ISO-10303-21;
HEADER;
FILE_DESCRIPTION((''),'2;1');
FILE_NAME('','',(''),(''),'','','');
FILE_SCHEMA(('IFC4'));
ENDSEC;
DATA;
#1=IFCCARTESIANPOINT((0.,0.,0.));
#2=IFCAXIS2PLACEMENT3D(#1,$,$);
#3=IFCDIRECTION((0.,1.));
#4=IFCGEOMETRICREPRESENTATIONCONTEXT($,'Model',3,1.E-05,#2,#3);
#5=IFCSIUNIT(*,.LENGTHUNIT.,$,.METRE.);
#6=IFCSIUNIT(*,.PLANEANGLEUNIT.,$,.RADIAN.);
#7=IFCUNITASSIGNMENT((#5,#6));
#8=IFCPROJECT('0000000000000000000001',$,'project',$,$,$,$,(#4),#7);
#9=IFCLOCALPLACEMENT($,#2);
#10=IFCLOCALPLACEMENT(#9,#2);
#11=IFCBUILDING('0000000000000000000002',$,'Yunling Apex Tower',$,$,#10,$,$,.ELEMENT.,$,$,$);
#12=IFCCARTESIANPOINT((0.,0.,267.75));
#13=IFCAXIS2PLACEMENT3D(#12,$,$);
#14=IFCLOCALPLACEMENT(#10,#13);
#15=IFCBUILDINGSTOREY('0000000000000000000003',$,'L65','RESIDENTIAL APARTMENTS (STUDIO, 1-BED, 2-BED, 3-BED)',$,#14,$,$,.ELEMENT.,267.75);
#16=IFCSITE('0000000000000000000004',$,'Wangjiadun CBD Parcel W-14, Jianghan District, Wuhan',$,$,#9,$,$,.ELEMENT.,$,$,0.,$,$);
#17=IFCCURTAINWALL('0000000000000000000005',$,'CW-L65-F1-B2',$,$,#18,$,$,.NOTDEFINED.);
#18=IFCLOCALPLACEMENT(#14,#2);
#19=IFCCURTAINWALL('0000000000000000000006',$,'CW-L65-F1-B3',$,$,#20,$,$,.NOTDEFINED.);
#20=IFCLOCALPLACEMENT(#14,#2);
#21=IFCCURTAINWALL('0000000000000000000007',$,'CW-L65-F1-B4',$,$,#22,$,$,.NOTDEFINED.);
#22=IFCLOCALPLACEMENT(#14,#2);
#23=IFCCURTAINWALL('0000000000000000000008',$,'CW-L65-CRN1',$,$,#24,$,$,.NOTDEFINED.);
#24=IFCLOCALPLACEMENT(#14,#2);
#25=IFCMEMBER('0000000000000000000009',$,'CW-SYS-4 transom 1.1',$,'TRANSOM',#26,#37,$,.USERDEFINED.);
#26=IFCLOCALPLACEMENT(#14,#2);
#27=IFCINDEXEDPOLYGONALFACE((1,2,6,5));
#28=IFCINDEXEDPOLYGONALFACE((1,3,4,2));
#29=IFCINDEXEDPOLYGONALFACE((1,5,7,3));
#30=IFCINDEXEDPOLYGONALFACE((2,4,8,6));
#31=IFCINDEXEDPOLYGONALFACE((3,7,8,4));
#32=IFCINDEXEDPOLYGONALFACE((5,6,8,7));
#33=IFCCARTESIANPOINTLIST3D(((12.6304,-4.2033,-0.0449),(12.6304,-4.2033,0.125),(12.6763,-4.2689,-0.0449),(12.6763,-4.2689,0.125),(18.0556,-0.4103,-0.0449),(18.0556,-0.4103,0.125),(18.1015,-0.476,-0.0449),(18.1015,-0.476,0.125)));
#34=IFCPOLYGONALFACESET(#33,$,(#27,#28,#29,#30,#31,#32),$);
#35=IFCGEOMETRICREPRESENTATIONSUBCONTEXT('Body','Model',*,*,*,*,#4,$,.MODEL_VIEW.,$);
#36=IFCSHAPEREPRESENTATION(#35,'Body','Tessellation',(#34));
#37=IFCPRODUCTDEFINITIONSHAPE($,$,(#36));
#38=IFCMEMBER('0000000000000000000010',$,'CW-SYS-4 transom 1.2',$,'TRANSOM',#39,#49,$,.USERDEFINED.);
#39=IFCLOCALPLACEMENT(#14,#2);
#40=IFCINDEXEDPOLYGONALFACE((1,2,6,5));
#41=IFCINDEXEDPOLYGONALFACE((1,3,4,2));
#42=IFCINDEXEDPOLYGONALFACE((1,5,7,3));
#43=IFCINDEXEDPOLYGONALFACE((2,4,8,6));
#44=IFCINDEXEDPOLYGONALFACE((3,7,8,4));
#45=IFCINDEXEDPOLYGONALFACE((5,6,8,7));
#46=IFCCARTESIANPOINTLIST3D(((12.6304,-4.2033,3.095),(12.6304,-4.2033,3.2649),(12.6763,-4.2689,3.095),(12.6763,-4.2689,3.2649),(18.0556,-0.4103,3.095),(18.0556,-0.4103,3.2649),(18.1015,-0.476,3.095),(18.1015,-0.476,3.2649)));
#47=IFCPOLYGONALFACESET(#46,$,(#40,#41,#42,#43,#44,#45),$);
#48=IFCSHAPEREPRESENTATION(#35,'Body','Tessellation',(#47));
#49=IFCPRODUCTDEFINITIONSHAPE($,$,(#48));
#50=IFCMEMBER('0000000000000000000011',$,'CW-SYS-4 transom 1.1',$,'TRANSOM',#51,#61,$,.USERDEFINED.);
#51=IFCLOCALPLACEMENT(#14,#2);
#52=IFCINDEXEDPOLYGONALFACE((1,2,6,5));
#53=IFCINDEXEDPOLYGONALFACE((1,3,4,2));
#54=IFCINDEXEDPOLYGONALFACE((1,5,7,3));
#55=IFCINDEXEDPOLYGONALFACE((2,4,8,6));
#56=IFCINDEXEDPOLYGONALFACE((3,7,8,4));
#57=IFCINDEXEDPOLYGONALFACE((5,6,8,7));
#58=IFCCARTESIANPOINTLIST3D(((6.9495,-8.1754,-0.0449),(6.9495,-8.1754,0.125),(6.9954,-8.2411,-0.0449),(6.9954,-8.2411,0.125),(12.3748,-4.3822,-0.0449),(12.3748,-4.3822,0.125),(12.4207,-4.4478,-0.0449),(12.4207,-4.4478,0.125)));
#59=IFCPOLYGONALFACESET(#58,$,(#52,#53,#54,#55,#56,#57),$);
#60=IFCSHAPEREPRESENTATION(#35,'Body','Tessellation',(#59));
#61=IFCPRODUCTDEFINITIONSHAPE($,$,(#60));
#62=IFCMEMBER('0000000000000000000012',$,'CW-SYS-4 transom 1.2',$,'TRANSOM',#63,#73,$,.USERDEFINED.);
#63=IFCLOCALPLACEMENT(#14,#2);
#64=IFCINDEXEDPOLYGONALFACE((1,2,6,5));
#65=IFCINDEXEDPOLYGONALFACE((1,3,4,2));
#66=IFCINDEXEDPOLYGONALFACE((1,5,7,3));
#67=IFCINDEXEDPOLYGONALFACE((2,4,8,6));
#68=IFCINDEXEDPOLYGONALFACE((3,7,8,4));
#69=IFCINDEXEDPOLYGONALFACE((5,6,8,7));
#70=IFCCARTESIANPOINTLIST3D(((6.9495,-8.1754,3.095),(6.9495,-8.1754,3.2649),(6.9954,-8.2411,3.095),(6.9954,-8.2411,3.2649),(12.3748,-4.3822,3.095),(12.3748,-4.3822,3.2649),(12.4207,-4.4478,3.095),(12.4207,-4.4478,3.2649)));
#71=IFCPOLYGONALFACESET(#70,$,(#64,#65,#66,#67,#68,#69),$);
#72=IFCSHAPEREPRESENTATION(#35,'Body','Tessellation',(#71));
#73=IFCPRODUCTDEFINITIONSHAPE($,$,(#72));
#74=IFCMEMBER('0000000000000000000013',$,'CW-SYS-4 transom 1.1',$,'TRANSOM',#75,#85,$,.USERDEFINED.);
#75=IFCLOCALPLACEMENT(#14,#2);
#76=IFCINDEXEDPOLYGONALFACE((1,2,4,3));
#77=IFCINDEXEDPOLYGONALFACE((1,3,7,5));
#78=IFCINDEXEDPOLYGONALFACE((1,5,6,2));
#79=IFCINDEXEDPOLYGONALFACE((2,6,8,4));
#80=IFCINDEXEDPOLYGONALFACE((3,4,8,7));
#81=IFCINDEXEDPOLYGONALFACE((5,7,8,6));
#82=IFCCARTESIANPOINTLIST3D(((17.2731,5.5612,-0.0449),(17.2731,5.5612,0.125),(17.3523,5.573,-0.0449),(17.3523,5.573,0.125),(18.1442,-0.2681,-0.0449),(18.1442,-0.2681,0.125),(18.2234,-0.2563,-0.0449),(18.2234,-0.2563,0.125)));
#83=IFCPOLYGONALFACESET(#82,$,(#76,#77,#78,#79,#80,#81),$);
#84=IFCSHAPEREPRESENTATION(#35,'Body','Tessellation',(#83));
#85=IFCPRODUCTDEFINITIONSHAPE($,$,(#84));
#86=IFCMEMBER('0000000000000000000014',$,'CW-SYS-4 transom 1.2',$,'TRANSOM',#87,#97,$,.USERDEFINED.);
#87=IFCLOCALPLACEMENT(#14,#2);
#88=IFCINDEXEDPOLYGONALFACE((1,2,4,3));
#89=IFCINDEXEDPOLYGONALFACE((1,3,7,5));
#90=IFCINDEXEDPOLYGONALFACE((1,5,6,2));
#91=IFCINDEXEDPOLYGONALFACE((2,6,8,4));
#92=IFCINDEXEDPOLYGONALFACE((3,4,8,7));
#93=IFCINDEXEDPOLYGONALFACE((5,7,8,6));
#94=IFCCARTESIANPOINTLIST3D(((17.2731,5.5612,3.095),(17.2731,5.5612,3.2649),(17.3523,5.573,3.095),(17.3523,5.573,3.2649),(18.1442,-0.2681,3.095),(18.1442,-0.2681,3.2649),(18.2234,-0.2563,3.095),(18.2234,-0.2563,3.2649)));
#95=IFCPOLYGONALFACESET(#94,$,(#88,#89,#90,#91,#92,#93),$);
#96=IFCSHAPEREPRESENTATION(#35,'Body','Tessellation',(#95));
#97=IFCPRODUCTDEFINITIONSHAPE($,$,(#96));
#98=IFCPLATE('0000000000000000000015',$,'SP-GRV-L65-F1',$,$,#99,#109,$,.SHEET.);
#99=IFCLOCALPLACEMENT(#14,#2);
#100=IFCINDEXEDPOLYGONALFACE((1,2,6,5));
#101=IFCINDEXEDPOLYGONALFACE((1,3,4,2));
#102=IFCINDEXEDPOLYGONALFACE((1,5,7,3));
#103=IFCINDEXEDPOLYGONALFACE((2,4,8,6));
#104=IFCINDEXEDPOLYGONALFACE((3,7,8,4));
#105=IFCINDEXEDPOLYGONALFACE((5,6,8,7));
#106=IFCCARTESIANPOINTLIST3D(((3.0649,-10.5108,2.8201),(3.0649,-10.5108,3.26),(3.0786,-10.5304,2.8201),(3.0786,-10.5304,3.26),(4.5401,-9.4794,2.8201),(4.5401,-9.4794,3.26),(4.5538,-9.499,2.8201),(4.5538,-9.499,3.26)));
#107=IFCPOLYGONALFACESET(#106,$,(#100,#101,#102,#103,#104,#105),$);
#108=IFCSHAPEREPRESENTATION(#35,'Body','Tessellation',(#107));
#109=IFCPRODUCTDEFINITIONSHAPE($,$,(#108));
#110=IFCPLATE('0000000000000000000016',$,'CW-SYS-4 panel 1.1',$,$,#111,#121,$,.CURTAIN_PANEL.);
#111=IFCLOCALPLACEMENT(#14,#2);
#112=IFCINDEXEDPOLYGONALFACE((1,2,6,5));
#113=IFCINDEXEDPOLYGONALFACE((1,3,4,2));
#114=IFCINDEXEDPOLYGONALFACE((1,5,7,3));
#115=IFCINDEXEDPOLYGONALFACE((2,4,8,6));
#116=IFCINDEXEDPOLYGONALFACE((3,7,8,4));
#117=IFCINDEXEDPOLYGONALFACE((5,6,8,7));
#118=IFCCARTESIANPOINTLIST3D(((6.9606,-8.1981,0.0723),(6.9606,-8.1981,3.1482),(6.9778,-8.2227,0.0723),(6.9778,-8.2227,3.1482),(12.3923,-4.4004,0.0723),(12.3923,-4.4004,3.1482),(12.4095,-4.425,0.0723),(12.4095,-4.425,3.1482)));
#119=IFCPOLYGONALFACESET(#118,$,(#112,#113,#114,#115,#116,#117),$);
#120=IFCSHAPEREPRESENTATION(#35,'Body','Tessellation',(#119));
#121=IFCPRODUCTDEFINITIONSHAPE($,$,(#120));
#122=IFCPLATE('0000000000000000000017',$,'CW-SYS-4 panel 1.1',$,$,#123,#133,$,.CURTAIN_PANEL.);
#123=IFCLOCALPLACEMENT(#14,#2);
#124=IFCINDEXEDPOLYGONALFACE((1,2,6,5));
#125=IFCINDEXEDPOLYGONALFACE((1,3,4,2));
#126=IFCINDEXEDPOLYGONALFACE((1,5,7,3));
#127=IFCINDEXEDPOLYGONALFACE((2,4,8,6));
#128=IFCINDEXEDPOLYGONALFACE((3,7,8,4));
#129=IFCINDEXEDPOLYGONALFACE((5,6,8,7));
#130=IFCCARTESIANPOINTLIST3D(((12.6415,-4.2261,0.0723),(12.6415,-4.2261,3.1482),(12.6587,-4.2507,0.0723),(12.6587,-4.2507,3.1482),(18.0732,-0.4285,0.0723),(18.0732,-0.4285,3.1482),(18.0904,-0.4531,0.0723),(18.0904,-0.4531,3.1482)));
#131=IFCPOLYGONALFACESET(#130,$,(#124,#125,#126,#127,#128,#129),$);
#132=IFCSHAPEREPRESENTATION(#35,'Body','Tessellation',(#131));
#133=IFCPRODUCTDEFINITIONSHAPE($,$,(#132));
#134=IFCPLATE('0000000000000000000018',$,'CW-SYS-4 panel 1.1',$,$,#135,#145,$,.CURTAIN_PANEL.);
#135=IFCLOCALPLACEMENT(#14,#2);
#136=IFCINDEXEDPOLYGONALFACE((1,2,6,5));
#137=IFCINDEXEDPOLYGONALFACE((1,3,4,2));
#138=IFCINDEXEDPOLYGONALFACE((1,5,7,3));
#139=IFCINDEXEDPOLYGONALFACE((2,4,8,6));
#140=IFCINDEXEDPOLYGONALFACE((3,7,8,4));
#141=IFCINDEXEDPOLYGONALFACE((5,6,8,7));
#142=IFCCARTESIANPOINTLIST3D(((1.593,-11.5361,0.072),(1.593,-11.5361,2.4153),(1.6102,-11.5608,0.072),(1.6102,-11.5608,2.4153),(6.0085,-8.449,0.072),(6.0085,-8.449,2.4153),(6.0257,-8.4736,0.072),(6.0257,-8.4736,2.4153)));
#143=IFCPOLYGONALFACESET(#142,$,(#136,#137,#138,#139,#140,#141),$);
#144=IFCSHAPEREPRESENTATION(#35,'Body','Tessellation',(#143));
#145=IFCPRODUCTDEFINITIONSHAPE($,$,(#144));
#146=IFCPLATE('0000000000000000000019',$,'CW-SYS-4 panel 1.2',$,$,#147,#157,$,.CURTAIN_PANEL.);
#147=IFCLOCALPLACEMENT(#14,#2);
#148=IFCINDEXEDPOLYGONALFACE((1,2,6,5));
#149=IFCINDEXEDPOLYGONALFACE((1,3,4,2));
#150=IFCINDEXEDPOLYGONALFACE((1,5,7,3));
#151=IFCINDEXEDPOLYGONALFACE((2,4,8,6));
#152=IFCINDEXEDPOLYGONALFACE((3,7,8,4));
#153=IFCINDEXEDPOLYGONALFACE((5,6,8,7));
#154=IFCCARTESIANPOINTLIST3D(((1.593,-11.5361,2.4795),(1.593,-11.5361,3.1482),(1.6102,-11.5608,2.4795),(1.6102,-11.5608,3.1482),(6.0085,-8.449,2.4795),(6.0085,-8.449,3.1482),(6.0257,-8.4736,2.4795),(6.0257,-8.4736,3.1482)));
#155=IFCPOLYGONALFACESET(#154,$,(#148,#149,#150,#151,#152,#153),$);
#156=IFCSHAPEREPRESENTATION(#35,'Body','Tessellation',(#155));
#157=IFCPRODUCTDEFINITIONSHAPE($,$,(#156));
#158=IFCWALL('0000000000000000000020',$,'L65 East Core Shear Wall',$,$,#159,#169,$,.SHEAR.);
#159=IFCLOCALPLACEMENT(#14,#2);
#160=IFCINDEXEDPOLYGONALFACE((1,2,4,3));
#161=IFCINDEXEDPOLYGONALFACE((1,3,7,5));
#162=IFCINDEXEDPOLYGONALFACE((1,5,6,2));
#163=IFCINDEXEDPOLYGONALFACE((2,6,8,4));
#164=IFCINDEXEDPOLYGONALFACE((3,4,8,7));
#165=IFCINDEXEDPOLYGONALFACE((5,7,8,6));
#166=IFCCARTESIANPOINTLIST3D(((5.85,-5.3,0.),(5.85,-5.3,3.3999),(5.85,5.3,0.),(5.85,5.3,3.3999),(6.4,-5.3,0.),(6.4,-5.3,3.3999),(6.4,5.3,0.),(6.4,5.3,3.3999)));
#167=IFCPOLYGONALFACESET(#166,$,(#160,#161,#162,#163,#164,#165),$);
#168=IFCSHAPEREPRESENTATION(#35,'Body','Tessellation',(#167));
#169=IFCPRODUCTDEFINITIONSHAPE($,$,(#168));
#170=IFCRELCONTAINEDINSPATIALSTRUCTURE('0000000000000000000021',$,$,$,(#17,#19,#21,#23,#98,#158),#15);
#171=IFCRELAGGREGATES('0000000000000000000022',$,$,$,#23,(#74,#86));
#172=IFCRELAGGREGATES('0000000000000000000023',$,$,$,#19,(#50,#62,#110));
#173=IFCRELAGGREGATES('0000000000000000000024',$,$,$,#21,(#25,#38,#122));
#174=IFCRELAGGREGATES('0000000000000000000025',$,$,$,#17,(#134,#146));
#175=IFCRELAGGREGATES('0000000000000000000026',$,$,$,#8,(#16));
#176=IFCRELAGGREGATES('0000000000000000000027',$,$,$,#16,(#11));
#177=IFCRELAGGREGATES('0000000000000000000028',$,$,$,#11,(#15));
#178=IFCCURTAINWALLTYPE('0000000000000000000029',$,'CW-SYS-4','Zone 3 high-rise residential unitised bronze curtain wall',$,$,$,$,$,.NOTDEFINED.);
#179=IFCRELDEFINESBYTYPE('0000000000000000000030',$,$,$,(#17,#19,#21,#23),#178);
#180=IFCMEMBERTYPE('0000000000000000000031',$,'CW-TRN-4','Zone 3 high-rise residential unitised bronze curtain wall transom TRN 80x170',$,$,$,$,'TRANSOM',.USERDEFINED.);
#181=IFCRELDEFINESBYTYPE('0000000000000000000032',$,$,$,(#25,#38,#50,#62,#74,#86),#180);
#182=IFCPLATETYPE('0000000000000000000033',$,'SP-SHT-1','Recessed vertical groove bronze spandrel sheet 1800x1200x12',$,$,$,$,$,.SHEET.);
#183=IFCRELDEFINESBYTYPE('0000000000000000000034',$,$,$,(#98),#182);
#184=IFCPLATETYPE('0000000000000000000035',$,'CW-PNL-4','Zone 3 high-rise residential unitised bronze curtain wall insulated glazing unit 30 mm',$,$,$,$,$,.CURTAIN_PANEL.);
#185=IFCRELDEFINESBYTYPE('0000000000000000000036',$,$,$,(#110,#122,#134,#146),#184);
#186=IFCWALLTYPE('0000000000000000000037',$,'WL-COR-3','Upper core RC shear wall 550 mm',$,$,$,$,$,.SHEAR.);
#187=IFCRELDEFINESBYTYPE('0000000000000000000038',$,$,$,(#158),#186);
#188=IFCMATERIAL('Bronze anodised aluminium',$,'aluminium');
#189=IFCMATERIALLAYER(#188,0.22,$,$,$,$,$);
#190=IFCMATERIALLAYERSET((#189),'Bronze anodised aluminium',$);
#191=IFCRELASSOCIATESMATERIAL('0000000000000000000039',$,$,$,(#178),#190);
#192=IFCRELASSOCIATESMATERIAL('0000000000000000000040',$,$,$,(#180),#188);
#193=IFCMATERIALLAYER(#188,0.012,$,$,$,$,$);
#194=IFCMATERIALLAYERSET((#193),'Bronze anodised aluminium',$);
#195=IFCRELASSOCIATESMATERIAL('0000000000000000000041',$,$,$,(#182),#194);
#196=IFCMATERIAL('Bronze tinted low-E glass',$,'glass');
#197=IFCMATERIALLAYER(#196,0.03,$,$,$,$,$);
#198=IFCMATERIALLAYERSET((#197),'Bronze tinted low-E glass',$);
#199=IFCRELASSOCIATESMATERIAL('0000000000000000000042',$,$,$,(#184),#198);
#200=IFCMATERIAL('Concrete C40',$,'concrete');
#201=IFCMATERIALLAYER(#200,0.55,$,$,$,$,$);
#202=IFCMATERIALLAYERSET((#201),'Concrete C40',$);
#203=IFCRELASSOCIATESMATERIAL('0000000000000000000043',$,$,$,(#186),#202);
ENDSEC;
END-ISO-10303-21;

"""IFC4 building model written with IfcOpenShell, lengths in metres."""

from ifc_helpers import new_model, si_unit, direction, frame, frame_2d, origin, origin_2d, place, context, subcontext, project, spatial, rectangle, extrude, source, transform, mapped, material, layer, layer_set, material_profile, profile_set, type_object, element, aggregate, save


model = new_model("IFC4")

# Units and contexts
model_context = context("Model", 3, precision=1e-05, world=origin(), true_north=direction((0.0, 1.0)))
body_context = subcontext(model_context, "Body", "Model", "MODEL_VIEW")
ifc_project = project(units=[si_unit("LENGTHUNIT", "METRE"), si_unit("PLANEANGLEUNIT", "RADIAN")], contexts=[model_context])

# Site, building, storey
site_placement = place(None, origin())
site = spatial("IfcSite", under=ifc_project, at=site_placement, Name="Wangjiadun CBD Parcel W-14, Jianghan District, Wuhan", CompositionType="ELEMENT", RefElevation=0.0)
building_placement = place(site_placement, origin())
building = spatial("IfcBuilding", under=site, at=building_placement, Name="Yunling Apex Tower", CompositionType="ELEMENT")
storey_placement = place(building_placement, frame((0.0, 0.0, 267.75)))
storey = spatial("IfcBuildingStorey", under=building, at=storey_placement, Name="L65", Description="RESIDENTIAL APARTMENTS (STUDIO, 1-BED, 2-BED, 3-BED)", CompositionType="ELEMENT", Elevation=267.75)

# Curtain wall
ifc_material_1 = material(Name="Bronze anodised aluminium", Category="aluminium")
ifc_layer_1 = layer(ifc_material_1, 0.22)
ifc_layer_set_1 = layer_set([ifc_layer_1], Name="Bronze anodised aluminium")
curtain_wall_type = type_object("IfcCurtainWallType", Name="CW-SYS-4", Description="Zone 3 high-rise residential unitised bronze curtain wall", PredefinedType="NOTDEFINED", material=ifc_layer_set_1)
curtain_wall_1_placement = place(storey_placement, origin())
curtain_wall_1 = element("IfcCurtainWall", 1, at=curtain_wall_1_placement, inside=storey, type_object=curtain_wall_type, Name="CW-L65-F1-B2", PredefinedType="NOTDEFINED")

# Curtain walls
curtain_wall_2_placement = place(storey_placement, origin())
curtain_wall_2 = element("IfcCurtainWall", 2, at=curtain_wall_2_placement, inside=storey, type_object=curtain_wall_type, Name="CW-L65-F1-B3", PredefinedType="NOTDEFINED")
curtain_wall_3_placement = place(storey_placement, origin())
curtain_wall_3 = element("IfcCurtainWall", 3, at=curtain_wall_3_placement, inside=storey, type_object=curtain_wall_type, Name="CW-L65-F1-B4", PredefinedType="NOTDEFINED")

# Curtain wall
curtain_wall_4_placement = place(storey_placement, origin())
curtain_wall_4 = element("IfcCurtainWall", 4, at=curtain_wall_4_placement, inside=storey, type_object=curtain_wall_type, Name="CW-L65-CRN1", PredefinedType="NOTDEFINED")

# Members
ifc_material_profile_1 = material_profile(ifc_material_1, rectangle(XDim=0.0801, YDim=0.1699, at=origin_2d()))
ifc_profile_set_1 = profile_set([ifc_material_profile_1], Name="Bronze anodised aluminium")
member_type_1 = type_object("IfcMemberType", Name="CW-TRN-4", Description="Zone 3 high-rise residential unitised bronze curtain wall transom TRN 80x170", ElementType="TRANSOM", PredefinedType="USERDEFINED", material=ifc_profile_set_1)
shared_shape_1 = source(origin(), body_context, "Body", "SweptSolid", [
    extrude(rectangle(XDim=0.0801, YDim=0.1699, at=origin_2d()), origin(), (0.0, 0.0, 1.0), 6.6196),
])
member_1_placement = place(storey_placement, frame((12.6533, -4.2361, 0.04), z_axis=(0.819568, 0.572982, 0.0), x_axis=(-0.572982, 0.819568, 0.0)))
member_1 = element("IfcMember", 5, at=member_1_placement, type_object=member_type_1, Name="CW-SYS-4 transom 1.1", ObjectType="TRANSOM", PredefinedType="USERDEFINED", context=body_context, shape_type="MappedRepresentation", body=[
    mapped(shared_shape_1, transform((0.0, 0.0, 0.0), scale=1.0)),
])
member_2_placement = place(storey_placement, frame((12.6533, -4.2361, 3.1799), z_axis=(0.819568, 0.572982, 0.0), x_axis=(-0.572982, 0.819568, 0.0)))
member_2 = element("IfcMember", 6, at=member_2_placement, type_object=member_type_1, Name="CW-SYS-4 transom 1.2", ObjectType="TRANSOM", PredefinedType="USERDEFINED", context=body_context, shape_type="MappedRepresentation", body=[
    mapped(shared_shape_1, transform((0.0, 0.0, 0.0), scale=1.0)),
])
shared_shape_2 = source(origin(), body_context, "Body", "SweptSolid", [
    extrude(rectangle(XDim=0.0801, YDim=0.1699, at=origin_2d()), origin(), (0.0, 0.0, 1.0), 6.6199),
])
member_3_placement = place(storey_placement, frame((6.9724, -8.2083, 0.04), z_axis=(0.819551, 0.573007, 0.0), x_axis=(-0.573007, 0.819551, 0.0)))
member_3 = element("IfcMember", 7, at=member_3_placement, type_object=member_type_1, Name="CW-SYS-4 transom 1.1", ObjectType="TRANSOM", PredefinedType="USERDEFINED", context=body_context, shape_type="MappedRepresentation", body=[
    mapped(shared_shape_2, transform((0.0, 0.0, 0.0), scale=1.0)),
])
member_4_placement = place(storey_placement, frame((6.9724, -8.2083, 3.1799), z_axis=(0.819551, 0.573007, 0.0), x_axis=(-0.573007, 0.819551, 0.0)))
member_4 = element("IfcMember", 8, at=member_4_placement, type_object=member_type_1, Name="CW-SYS-4 transom 1.2", ObjectType="TRANSOM", PredefinedType="USERDEFINED", context=body_context, shape_type="MappedRepresentation", body=[
    mapped(shared_shape_2, transform((0.0, 0.0, 0.0), scale=1.0)),
])
shared_shape_3 = source(origin(), body_context, "Body", "SweptSolid", [
    extrude(rectangle(XDim=0.0801, YDim=0.1699, at=origin_2d()), origin(), (0.0, 0.0, 1.0), 5.894),
])
member_5_placement = place(storey_placement, frame((18.1838, -0.2622, 0.04), z_axis=(-0.147792, 0.989019, 0.0), x_axis=(-0.989019, -0.147792, 0.0)))
member_5 = element("IfcMember", 9, at=member_5_placement, type_object=member_type_1, Name="CW-SYS-4 transom 1.1", ObjectType="TRANSOM", PredefinedType="USERDEFINED", context=body_context, shape_type="MappedRepresentation", body=[
    mapped(shared_shape_3, transform((0.0, 0.0, 0.0), scale=1.0)),
])
member_6_placement = place(storey_placement, frame((18.1838, -0.2622, 3.1799), z_axis=(-0.147792, 0.989019, 0.0), x_axis=(-0.989019, -0.147792, 0.0)))
member_6 = element("IfcMember", 10, at=member_6_placement, type_object=member_type_1, Name="CW-SYS-4 transom 1.2", ObjectType="TRANSOM", PredefinedType="USERDEFINED", context=body_context, shape_type="MappedRepresentation", body=[
    mapped(shared_shape_3, transform((0.0, 0.0, 0.0), scale=1.0)),
])
aggregate(curtain_wall_4, [member_5, member_6])

# Plates
ifc_layer_2 = layer(ifc_material_1, 0.012)
ifc_layer_set_2 = layer_set([ifc_layer_2], Name="Bronze anodised aluminium")
plate_type_1 = type_object("IfcPlateType", Name="SP-SHT-1", Description="Recessed vertical groove bronze spandrel sheet 1800x1200x12", PredefinedType="SHEET", material=ifc_layer_set_2)
shared_shape_4 = source(origin(), body_context, "Body", "SweptSolid", [
    extrude(rectangle(XDim=1.8, YDim=0.0239, at=origin_2d()), origin(), (0.0, 0.0, 1.0), 0.4399),
])
plate_1_placement = place(storey_placement, frame((3.8093, -10.0049, 2.8201), z_axis=(0.0, 0.0, 1.0), x_axis=(0.819552, 0.573004, 0.0)))
element("IfcPlate", 11, at=plate_1_placement, inside=storey, type_object=plate_type_1, Name="SP-GRV-L65-F1", PredefinedType="SHEET", context=body_context, shape_type="MappedRepresentation", body=[
    mapped(shared_shape_4, transform((0.0, 0.0, 0.0), scale=1.0)),
])
ifc_material_2 = material(Name="Bronze tinted low-E glass", Category="glass")
ifc_layer_3 = layer(ifc_material_2, 0.03)
ifc_layer_set_3 = layer_set([ifc_layer_3], Name="Bronze tinted low-E glass")
plate_type_2 = type_object("IfcPlateType", Name="CW-PNL-4", Description="Zone 3 high-rise residential unitised bronze curtain wall insulated glazing unit 30 mm", PredefinedType="CURTAIN_PANEL", material=ifc_layer_set_3)
shared_shape_5 = source(origin(), body_context, "Body", "SweptSolid", [
    extrude(rectangle(XDim=6.6277, YDim=0.03, at=origin_2d()), origin(), (0.0, 0.0, 1.0), 3.0759),
])
plate_2_placement = place(storey_placement, frame((9.6851, -6.3115, 0.0723), z_axis=(0.0, 0.0, 1.0), x_axis=(0.819548, 0.57301, 0.0)))
plate_2 = element("IfcPlate", 12, at=plate_2_placement, type_object=plate_type_2, Name="CW-SYS-4 panel 1.1", PredefinedType="CURTAIN_PANEL", context=body_context, shape_type="MappedRepresentation", body=[
    mapped(shared_shape_5, transform((0.0, 0.0, 0.0), scale=1.0)),
])
aggregate(curtain_wall_2, [member_3, member_4, plate_2])
plate_3_placement = place(storey_placement, frame((15.366, -2.3396, 0.0723), z_axis=(0.0, 0.0, 1.0), x_axis=(0.819555, 0.573, 0.0)))
plate_3 = element("IfcPlate", 13, at=plate_3_placement, type_object=plate_type_2, Name="CW-SYS-4 panel 1.1", PredefinedType="CURTAIN_PANEL", context=body_context, shape_type="MappedRepresentation", body=[
    mapped(shared_shape_5, transform((0.0, 0.0, 0.0), scale=1.0)),
])
aggregate(curtain_wall_3, [member_1, member_2, plate_3])
shared_shape_6 = source(origin(), body_context, "Body", "SweptSolid", [
    extrude(rectangle(XDim=5.3877, YDim=0.03, at=origin_2d()), origin(), (0.0, 0.0, 1.0), 2.3433),
])
plate_4_placement = place(storey_placement, frame((3.8093, -10.0049, 0.072), z_axis=(0.0, 0.0, 1.0), x_axis=(0.819556, 0.572999, 0.0)))
plate_4 = element("IfcPlate", 14, at=plate_4_placement, type_object=plate_type_2, Name="CW-SYS-4 panel 1.1", PredefinedType="CURTAIN_PANEL", context=body_context, shape_type="MappedRepresentation", body=[
    mapped(shared_shape_6, transform((0.0, 0.0, 0.0), scale=1.0)),
])
shared_shape_7 = source(origin(), body_context, "Body", "SweptSolid", [
    extrude(rectangle(XDim=5.3877, YDim=0.03, at=origin_2d()), origin(), (0.0, 0.0, 1.0), 0.6687),
])
plate_5_placement = place(storey_placement, frame((3.8093, -10.0049, 2.4795), z_axis=(0.0, 0.0, 1.0), x_axis=(0.819556, 0.572999, 0.0)))
plate_5 = element("IfcPlate", 15, at=plate_5_placement, type_object=plate_type_2, Name="CW-SYS-4 panel 1.2", PredefinedType="CURTAIN_PANEL", context=body_context, shape_type="MappedRepresentation", body=[
    mapped(shared_shape_7, transform((0.0, 0.0, 0.0), scale=1.0)),
])
aggregate(curtain_wall_1, [plate_4, plate_5])

# Wall
ifc_material_3 = material(Name="Concrete C40", Category="concrete")
ifc_layer_4 = layer(ifc_material_3, 0.55)
ifc_layer_set_4 = layer_set([ifc_layer_4], Name="Concrete C40")
wall_type_1 = type_object("IfcWallType", Name="WL-COR-3", Description="Upper core RC shear wall 550 mm", PredefinedType="SHEAR", material=ifc_layer_set_4)
wall_1_placement = place(storey_placement, frame((6.125, -5.3, 0.0), z_axis=(0.0, 0.0, 1.0), x_axis=(0.0, 1.0, 0.0)))
element("IfcWall", 16, at=wall_1_placement, inside=storey, type_object=wall_type_1, Name="L65 East Core Shear Wall", PredefinedType="SHEAR", context=body_context, shape_type="SweptSolid", body=[
    extrude(rectangle(XDim=10.6001, YDim=0.55, at=frame_2d((5.3, 0.0))), origin(), (0.0, 0.0, 1.0), 3.3999),
])

save(model, "model.ifc")
